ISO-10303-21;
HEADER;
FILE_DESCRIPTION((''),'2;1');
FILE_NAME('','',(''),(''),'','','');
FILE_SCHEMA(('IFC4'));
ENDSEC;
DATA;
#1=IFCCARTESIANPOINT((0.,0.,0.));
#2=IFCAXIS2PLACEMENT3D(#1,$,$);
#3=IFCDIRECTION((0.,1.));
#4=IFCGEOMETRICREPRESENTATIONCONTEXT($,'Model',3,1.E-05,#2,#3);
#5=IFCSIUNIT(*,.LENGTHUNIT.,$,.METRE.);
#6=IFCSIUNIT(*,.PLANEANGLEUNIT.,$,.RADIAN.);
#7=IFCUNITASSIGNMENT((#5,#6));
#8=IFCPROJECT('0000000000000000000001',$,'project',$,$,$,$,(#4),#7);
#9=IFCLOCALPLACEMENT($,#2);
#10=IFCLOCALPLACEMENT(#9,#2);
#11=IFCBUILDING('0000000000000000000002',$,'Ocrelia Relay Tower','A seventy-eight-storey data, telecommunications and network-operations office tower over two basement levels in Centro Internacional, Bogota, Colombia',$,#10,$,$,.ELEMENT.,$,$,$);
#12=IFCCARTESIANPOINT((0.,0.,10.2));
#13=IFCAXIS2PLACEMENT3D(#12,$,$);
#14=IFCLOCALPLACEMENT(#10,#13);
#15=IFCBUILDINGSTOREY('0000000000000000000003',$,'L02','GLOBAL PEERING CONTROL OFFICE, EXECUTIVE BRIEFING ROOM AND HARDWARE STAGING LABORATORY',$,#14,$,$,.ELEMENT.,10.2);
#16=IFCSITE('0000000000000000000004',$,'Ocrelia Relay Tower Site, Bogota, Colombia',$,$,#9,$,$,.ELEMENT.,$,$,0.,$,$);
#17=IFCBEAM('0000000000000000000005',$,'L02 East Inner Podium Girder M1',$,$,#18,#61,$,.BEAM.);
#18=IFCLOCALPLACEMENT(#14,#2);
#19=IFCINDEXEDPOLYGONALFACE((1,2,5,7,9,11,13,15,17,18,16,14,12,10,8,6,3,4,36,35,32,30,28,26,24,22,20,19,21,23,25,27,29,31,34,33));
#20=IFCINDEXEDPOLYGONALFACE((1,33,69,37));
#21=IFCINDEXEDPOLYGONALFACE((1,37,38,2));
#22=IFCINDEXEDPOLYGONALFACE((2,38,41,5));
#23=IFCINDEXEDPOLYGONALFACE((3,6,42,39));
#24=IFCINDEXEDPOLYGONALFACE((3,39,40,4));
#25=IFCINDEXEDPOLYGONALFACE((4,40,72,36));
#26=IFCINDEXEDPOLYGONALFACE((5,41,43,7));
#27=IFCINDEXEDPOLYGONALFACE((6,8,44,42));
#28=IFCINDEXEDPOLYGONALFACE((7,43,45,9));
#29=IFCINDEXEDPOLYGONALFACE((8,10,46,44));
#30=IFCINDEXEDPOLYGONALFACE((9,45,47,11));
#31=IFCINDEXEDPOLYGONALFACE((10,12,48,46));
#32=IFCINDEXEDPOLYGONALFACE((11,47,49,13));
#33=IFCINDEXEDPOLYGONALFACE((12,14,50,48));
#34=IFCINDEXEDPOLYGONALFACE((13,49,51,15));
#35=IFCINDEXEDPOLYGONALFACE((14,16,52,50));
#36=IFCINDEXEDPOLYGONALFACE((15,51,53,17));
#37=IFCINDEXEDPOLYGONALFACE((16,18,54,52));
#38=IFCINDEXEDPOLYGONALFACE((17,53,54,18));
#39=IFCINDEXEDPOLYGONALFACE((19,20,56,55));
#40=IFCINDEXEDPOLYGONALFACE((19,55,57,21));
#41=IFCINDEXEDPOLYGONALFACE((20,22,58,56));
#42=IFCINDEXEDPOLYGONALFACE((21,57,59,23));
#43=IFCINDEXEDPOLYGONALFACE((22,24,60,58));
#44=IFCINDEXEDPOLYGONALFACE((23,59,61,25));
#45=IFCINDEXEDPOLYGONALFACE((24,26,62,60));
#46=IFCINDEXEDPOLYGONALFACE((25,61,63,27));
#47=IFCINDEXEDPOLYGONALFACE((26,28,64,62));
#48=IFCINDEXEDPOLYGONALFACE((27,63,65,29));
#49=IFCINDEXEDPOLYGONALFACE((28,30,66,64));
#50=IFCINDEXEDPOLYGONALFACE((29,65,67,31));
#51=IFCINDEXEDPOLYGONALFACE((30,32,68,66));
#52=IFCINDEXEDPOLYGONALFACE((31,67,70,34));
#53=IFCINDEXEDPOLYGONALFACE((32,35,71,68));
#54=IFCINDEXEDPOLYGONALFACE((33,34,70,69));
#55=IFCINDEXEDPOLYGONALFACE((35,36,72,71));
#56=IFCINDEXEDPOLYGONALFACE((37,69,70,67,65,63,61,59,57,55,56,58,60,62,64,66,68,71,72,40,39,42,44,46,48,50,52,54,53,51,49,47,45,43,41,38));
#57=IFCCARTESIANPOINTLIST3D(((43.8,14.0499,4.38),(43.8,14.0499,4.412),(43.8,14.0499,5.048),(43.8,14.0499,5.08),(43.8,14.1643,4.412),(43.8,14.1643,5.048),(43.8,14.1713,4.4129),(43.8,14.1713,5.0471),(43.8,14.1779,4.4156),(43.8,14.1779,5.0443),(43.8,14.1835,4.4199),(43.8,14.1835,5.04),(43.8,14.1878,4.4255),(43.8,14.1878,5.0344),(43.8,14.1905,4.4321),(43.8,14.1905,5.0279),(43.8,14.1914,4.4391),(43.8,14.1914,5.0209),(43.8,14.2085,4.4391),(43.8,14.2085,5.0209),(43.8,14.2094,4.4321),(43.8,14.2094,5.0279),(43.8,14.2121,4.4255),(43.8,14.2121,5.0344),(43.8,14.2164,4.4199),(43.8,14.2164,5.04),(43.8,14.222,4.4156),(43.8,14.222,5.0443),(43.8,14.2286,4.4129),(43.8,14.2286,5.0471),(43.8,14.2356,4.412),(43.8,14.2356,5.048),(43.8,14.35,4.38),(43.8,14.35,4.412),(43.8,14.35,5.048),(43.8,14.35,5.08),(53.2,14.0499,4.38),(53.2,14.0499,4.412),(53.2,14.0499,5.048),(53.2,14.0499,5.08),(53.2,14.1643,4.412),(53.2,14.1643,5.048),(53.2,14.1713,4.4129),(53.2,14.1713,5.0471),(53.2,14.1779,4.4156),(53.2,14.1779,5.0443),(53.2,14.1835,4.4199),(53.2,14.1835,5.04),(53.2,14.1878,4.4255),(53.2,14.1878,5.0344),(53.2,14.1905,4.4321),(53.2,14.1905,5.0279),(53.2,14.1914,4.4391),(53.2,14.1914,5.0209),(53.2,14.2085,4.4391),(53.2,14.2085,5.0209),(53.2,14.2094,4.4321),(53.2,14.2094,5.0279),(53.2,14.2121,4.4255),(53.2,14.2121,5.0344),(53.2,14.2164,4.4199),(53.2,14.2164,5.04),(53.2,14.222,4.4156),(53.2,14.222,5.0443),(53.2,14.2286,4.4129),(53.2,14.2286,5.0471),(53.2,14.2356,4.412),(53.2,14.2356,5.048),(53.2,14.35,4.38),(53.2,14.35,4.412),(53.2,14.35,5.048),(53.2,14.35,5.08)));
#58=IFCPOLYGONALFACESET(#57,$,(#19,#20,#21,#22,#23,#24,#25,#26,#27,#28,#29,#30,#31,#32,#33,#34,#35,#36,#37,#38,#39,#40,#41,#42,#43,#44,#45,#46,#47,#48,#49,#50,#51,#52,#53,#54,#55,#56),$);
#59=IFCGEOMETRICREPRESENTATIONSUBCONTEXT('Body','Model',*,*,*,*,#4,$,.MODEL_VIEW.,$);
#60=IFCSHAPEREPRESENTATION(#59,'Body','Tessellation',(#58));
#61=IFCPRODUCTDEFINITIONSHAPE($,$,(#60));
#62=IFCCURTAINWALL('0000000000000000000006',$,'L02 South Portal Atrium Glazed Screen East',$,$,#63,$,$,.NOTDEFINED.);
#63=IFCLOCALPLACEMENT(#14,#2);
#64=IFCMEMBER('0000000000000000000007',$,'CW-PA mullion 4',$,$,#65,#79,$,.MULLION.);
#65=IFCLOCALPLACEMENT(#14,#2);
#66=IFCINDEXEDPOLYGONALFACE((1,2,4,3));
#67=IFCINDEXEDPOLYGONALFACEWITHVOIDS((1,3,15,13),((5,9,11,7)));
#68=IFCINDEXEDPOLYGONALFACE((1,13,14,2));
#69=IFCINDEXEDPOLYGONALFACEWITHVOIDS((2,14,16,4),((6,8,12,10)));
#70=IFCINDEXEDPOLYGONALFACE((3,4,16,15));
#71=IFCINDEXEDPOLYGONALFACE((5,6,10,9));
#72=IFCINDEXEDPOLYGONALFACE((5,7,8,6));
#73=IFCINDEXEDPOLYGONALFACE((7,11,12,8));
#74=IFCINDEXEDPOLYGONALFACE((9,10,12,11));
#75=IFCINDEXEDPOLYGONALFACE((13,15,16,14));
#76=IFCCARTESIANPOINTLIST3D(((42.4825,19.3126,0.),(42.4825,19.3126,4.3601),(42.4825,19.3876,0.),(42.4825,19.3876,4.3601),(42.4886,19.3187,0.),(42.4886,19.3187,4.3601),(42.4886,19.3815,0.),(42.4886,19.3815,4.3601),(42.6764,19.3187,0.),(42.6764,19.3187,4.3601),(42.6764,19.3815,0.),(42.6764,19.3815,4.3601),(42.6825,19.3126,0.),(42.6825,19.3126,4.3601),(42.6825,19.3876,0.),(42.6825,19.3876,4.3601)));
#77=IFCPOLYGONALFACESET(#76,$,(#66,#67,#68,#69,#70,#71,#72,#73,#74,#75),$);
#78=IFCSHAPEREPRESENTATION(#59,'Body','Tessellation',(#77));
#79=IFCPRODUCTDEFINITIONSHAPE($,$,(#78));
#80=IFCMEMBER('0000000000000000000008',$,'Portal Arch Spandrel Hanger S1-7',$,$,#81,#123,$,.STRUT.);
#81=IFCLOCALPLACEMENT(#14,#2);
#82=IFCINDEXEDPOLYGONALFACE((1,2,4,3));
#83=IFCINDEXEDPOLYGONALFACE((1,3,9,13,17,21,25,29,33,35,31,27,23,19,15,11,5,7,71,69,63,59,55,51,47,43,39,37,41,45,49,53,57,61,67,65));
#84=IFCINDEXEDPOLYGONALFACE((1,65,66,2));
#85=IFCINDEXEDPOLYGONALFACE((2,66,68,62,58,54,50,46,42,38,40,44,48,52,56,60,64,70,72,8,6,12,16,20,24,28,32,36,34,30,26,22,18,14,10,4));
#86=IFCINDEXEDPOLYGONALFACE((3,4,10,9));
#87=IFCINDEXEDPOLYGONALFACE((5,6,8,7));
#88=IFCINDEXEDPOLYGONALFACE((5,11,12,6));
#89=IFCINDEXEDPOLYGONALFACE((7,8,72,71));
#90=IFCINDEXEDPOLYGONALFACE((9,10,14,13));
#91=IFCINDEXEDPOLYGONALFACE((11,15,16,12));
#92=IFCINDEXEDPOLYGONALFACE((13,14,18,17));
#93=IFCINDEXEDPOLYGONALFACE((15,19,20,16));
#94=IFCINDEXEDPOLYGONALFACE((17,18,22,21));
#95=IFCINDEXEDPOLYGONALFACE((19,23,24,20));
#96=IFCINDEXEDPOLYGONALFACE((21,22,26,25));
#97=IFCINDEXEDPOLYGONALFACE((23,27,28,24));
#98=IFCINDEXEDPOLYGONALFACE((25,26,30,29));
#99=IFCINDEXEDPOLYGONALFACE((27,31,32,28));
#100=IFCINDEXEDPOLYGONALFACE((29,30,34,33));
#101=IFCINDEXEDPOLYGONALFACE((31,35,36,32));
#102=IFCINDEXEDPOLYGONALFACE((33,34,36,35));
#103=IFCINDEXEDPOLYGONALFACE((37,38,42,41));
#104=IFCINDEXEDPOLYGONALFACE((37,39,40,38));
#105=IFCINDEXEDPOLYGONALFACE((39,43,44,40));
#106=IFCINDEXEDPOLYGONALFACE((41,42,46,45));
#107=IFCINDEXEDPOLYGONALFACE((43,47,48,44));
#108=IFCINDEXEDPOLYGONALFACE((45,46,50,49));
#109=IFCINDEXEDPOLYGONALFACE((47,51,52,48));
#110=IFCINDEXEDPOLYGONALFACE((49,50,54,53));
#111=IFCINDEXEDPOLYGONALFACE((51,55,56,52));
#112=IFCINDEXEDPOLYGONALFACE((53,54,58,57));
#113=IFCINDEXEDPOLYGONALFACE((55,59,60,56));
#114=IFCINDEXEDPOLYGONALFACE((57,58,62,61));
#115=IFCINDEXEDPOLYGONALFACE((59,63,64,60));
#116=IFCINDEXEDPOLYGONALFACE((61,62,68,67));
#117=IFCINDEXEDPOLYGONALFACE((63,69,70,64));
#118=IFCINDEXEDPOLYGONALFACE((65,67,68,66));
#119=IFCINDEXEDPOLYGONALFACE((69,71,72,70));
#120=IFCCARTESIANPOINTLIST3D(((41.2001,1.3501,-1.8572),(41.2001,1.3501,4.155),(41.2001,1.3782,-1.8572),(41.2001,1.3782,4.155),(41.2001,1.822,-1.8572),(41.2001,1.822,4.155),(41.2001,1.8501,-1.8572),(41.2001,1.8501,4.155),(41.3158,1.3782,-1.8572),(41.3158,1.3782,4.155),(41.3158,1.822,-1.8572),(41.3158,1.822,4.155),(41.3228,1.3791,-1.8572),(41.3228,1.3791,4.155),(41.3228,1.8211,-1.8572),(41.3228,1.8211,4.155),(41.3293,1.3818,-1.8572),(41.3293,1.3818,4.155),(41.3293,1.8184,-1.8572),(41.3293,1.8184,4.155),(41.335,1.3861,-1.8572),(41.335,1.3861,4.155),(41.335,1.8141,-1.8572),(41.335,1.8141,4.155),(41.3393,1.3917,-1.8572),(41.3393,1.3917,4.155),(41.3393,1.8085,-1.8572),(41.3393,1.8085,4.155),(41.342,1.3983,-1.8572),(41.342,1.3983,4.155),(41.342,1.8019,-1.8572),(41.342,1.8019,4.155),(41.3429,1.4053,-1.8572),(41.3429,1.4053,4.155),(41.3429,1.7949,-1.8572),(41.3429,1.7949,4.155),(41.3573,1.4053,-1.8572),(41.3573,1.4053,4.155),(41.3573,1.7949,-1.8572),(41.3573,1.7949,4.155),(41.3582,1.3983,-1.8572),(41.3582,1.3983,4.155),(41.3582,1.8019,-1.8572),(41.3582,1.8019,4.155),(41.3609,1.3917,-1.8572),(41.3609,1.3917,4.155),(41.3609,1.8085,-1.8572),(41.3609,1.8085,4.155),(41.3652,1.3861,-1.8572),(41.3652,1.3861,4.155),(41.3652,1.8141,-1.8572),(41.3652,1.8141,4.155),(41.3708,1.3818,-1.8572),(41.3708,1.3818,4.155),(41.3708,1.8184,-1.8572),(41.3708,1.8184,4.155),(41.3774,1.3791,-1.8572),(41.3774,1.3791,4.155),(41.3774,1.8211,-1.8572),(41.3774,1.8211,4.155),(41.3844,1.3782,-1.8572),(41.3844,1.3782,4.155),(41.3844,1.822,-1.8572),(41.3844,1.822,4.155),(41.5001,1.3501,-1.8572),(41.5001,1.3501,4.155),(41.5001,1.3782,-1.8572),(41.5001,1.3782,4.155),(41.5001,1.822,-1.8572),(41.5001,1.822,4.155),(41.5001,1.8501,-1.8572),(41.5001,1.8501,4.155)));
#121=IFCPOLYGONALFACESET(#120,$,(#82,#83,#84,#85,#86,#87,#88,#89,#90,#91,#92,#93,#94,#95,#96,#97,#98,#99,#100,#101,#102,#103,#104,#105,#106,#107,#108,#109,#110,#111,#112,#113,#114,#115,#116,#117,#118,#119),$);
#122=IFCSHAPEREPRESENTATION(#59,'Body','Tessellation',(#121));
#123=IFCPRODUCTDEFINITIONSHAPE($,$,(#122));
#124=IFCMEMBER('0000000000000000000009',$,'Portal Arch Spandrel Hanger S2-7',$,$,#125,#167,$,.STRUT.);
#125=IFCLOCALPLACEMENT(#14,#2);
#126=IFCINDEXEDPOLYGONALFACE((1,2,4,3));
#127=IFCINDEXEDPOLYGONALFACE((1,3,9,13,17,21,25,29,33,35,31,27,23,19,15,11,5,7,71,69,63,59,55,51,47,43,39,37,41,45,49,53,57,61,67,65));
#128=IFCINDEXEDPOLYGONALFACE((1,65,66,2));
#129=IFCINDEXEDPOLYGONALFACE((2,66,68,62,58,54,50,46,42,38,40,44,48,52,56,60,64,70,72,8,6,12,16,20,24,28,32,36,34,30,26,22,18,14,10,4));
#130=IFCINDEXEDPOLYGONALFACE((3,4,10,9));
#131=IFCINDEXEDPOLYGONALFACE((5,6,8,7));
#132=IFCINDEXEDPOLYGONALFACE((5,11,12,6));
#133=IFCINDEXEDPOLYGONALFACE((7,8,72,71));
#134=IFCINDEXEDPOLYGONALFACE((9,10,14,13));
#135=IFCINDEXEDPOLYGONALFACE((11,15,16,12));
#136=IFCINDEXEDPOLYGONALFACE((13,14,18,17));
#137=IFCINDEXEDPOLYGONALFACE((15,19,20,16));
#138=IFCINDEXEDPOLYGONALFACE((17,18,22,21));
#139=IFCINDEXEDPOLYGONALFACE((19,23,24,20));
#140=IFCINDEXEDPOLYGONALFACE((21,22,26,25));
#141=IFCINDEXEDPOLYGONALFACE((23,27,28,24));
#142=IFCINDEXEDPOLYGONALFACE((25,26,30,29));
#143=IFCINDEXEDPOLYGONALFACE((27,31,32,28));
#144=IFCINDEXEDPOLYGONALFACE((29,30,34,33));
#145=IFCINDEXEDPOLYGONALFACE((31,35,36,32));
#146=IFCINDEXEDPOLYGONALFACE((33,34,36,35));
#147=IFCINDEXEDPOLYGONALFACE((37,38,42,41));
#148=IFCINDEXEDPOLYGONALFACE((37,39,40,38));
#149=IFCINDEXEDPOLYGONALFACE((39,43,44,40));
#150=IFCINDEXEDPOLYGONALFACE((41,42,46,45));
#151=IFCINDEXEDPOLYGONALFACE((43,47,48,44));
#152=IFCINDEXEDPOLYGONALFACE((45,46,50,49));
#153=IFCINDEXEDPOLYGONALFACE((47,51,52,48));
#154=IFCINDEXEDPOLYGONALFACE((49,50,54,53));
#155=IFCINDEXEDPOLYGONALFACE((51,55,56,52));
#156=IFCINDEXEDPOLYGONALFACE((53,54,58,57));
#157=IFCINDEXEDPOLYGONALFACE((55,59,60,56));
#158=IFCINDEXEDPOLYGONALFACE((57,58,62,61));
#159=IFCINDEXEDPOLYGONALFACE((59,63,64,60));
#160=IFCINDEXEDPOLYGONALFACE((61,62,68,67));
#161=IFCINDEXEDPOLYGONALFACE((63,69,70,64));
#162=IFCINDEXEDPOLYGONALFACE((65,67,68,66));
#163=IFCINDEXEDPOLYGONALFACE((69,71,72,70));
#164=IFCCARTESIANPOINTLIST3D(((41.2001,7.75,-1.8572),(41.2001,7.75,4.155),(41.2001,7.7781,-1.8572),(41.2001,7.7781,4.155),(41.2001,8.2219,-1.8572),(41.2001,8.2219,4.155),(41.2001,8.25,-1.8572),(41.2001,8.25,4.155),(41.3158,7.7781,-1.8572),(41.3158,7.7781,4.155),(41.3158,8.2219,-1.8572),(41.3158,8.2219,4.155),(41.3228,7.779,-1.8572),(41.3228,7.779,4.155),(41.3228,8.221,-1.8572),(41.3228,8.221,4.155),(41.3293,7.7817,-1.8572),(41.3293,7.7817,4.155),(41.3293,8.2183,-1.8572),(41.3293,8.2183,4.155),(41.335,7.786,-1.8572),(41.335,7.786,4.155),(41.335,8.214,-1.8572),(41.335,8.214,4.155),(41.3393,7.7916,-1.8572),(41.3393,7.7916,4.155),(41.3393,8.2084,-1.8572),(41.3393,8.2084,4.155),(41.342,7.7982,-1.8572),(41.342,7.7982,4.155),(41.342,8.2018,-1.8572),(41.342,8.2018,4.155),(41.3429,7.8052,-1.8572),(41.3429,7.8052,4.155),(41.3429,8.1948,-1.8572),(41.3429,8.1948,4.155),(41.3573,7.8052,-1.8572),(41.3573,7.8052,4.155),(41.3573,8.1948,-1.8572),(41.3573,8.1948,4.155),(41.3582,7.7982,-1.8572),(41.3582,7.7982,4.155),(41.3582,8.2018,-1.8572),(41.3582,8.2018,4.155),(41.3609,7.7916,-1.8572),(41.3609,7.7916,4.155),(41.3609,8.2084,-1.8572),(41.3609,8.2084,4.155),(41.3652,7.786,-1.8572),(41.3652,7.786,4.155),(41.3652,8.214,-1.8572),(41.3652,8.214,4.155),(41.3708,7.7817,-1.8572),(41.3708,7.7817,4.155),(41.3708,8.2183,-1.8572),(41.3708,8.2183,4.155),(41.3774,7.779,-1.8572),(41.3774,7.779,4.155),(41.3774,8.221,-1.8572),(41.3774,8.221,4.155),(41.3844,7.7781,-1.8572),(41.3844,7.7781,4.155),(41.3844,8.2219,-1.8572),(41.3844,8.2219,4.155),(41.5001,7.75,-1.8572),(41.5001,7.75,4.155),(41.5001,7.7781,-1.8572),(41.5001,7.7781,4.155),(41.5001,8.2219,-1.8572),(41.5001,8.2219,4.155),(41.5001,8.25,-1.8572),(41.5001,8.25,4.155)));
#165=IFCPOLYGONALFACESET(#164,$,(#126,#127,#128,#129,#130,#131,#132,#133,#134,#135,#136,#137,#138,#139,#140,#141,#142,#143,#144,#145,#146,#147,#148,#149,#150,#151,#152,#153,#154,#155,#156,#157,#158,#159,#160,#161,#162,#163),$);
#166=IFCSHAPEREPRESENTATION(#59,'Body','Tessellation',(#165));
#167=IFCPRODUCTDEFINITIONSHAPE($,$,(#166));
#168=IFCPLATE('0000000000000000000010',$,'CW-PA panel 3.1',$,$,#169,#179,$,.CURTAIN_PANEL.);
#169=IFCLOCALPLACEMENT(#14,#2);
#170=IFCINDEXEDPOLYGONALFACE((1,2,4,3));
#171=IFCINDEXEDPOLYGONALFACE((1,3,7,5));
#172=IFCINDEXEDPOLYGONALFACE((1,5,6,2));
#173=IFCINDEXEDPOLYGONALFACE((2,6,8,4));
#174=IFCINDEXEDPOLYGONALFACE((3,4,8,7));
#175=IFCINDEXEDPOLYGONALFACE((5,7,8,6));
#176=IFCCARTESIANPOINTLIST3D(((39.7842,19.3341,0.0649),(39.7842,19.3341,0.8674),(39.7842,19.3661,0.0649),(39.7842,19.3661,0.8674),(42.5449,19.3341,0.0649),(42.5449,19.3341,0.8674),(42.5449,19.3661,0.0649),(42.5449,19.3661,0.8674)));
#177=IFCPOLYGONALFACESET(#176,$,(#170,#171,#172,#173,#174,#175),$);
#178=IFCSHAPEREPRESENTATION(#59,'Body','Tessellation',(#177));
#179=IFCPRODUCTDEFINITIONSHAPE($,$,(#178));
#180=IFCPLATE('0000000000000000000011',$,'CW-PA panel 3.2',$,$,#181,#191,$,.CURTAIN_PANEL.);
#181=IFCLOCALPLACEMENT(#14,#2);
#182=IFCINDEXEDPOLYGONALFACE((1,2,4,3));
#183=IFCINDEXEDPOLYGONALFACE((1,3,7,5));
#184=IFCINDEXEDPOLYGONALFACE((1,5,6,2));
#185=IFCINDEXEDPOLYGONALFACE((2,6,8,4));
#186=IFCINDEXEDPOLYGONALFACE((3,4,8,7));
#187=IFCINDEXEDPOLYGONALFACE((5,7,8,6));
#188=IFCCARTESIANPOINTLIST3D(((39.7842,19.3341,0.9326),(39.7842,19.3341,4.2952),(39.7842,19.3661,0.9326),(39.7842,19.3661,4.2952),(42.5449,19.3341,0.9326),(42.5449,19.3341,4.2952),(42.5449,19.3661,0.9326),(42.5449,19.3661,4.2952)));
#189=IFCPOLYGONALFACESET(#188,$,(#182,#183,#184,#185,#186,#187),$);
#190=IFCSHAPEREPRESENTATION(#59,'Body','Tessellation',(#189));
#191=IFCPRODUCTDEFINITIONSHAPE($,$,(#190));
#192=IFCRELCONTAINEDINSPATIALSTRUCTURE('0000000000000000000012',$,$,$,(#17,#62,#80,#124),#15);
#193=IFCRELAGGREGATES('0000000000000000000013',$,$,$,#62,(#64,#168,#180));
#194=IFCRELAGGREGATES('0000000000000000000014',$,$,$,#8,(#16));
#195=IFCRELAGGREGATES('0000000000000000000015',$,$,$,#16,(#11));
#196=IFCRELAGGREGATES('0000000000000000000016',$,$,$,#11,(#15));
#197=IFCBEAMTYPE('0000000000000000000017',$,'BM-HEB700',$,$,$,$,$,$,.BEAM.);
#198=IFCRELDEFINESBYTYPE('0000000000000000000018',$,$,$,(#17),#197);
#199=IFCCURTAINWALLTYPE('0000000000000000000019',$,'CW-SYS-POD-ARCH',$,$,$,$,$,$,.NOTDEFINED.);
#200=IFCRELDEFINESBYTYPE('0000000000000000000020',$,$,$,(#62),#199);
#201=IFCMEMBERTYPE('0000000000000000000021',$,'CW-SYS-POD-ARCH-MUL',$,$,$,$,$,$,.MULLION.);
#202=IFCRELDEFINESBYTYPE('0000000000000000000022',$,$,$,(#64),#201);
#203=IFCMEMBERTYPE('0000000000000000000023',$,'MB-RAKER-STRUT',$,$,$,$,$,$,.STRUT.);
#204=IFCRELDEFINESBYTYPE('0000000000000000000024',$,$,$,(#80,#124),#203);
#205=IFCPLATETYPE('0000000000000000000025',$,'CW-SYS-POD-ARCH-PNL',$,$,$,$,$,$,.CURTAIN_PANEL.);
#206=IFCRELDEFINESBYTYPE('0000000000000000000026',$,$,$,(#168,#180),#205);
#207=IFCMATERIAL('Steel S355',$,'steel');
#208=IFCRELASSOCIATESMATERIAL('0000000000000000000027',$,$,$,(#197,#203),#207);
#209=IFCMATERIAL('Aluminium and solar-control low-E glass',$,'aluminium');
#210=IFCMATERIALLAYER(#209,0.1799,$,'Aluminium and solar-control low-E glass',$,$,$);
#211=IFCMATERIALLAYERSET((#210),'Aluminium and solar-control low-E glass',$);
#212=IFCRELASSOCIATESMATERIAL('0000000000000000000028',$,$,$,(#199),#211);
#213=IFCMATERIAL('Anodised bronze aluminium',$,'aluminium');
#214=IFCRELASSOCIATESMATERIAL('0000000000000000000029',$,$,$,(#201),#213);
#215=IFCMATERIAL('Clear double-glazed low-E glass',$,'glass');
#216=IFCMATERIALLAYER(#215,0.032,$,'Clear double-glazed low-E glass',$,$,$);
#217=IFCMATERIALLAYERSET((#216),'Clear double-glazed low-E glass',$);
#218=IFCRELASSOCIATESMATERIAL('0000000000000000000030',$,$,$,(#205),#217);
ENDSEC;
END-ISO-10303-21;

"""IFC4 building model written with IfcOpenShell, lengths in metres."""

from ifc_helpers import new_model, si_unit, direction, frame, origin, origin_2d, place, context, subcontext, project, spatial, rectangle, hollow_rectangle, i_section, extrude, material, layer, layer_set, material_profile, profile_set, type_object, element, aggregate, save


model = new_model("IFC4")

# Units and contexts
model_context = context("Model", 3, precision=1e-05, world=origin(), true_north=direction((0.0, 1.0)))
body_context = subcontext(model_context, "Body", "Model", "MODEL_VIEW")
ifc_project = project(units=[si_unit("LENGTHUNIT", "METRE"), si_unit("PLANEANGLEUNIT", "RADIAN")], contexts=[model_context])

# Site, building, storey
site_placement = place(None, origin())
site = spatial("IfcSite", under=ifc_project, at=site_placement, Name="Ocrelia Relay Tower Site, Bogota, Colombia", CompositionType="ELEMENT", RefElevation=0.0)
building_placement = place(site_placement, origin())
building = spatial("IfcBuilding", under=site, at=building_placement, Name="Ocrelia Relay Tower", Description="A seventy-eight-storey data, telecommunications and network-operations office tower over two basement levels in Centro Internacional, Bogota, Colombia", CompositionType="ELEMENT")
storey_placement = place(building_placement, frame((0.0, 0.0, 10.2)))
storey = spatial("IfcBuildingStorey", under=building, at=storey_placement, Name="L02", Description="GLOBAL PEERING CONTROL OFFICE, EXECUTIVE BRIEFING ROOM AND HARDWARE STAGING LABORATORY", CompositionType="ELEMENT", Elevation=10.2)

# Beam
ifc_material_1 = material(Name="Steel S355", Category="steel")
ifc_material_profile_1 = material_profile(ifc_material_1, i_section(OverallWidth=0.3, OverallDepth=0.7, WebThickness=0.0171, FlangeThickness=0.032, FilletRadius=0.0271, at=origin_2d()), Name="HEB 700")
ifc_profile_set_1 = profile_set([ifc_material_profile_1], Name="Steel S355")
beam_type_1 = type_object("IfcBeamType", Name="BM-HEB700", PredefinedType="BEAM", material=ifc_profile_set_1)
for number, where, z_axis, x_axis, name in (
    (1, (43.8, 14.2, 4.73), (1.0, 0.0, 0.0), (0.0, 1.0, 0.0), "L02 East Inner Podium Girder M1"),
):
    element("IfcBeam", number, at=place(storey_placement, frame(where, z_axis=z_axis, x_axis=x_axis)), inside=storey, type_object=beam_type_1, Name=name, PredefinedType="BEAM", context=body_context, shape_type="SweptSolid", body=[
        extrude(i_section(OverallWidth=0.3, OverallDepth=0.7, WebThickness=0.0171, FlangeThickness=0.032, FilletRadius=0.0271, at=origin_2d()), origin(), (0.0, 0.0, 1.0), 9.3999),
    ])

# Curtain wall, member
ifc_material_2 = material(Name="Aluminium and solar-control low-E glass", Category="aluminium")
ifc_layer_1 = layer(ifc_material_2, 0.1799, Name="Aluminium and solar-control low-E glass")
ifc_layer_set_1 = layer_set([ifc_layer_1], Name="Aluminium and solar-control low-E glass")
curtain_wall_type = type_object("IfcCurtainWallType", Name="CW-SYS-POD-ARCH", PredefinedType="NOTDEFINED", material=ifc_layer_set_1)
curtain_wall_placement = place(storey_placement, origin())
curtain_wall = element("IfcCurtainWall", 2, at=curtain_wall_placement, inside=storey, type_object=curtain_wall_type, Name="L02 South Portal Atrium Glazed Screen East", PredefinedType="NOTDEFINED")
ifc_material_3 = material(Name="Anodised bronze aluminium", Category="aluminium")
ifc_material_profile_2 = material_profile(ifc_material_3, hollow_rectangle(XDim=0.075, YDim=0.2, WallThickness=0.0061, at=origin_2d()), Name="CW-MUL-200x75")
ifc_profile_set_2 = profile_set([ifc_material_profile_2], Name="Anodised bronze aluminium")
member_type_1 = type_object("IfcMemberType", Name="CW-SYS-POD-ARCH-MUL", PredefinedType="MULLION", material=ifc_profile_set_2)
member_placement = place(storey_placement, frame((42.5825, 19.3501, 0.0), z_axis=(0.0, 0.0, 1.0), x_axis=(0.0, 1.0, 0.0)))
member = element("IfcMember", 3, at=member_placement, type_object=member_type_1, Name="CW-PA mullion 4", PredefinedType="MULLION", context=body_context, shape_type="SweptSolid", body=[
    extrude(hollow_rectangle(XDim=0.075, YDim=0.2, WallThickness=0.0061, at=origin_2d()), origin(), (0.0, 0.0, 1.0), 4.3601),
])

# Members
ifc_material_profile_3 = material_profile(ifc_material_1, i_section(OverallWidth=0.3, OverallDepth=0.5, WebThickness=0.0144, FlangeThickness=0.0281, FilletRadius=0.0271, at=origin_2d()), Name="HEB 500")
ifc_profile_set_3 = profile_set([ifc_material_profile_3], Name="Steel S355")
member_type_2 = type_object("IfcMemberType", Name="MB-RAKER-STRUT", PredefinedType="STRUT", material=ifc_profile_set_3)
for number, where, z_axis, x_axis, name in (
    (4, (41.3501, 1.6001, -1.8572), (0.0, 0.0, 1.0), (1.0, 0.0, 0.0), "Portal Arch Spandrel Hanger S1-7"),
    (5, (41.3501, 8.0, -1.8572), (0.0, 0.0, 1.0), (1.0, 0.0, 0.0), "Portal Arch Spandrel Hanger S2-7"),
):
    element("IfcMember", number, at=place(storey_placement, frame(where, z_axis=z_axis, x_axis=x_axis)), inside=storey, type_object=member_type_2, Name=name, PredefinedType="STRUT", context=body_context, shape_type="SweptSolid", body=[
        extrude(i_section(OverallWidth=0.3, OverallDepth=0.5, WebThickness=0.0144, FlangeThickness=0.0281, FilletRadius=0.0271, at=origin_2d()), origin(), (0.0, 0.0, 1.0), 6.0122),
    ])

# Plates
ifc_material_4 = material(Name="Clear double-glazed low-E glass", Category="glass")
ifc_layer_2 = layer(ifc_material_4, 0.032, Name="Clear double-glazed low-E glass")
ifc_layer_set_2 = layer_set([ifc_layer_2], Name="Clear double-glazed low-E glass")
plate_type = type_object("IfcPlateType", Name="CW-SYS-POD-ARCH-PNL", PredefinedType="CURTAIN_PANEL", material=ifc_layer_set_2)
plate_1_placement = place(storey_placement, frame((41.1646, 19.3501, 0.0649), z_axis=(0.0, 0.0, 1.0), x_axis=(1.0, 0.0, 0.0)))
plate_1 = element("IfcPlate", 6, at=plate_1_placement, type_object=plate_type, Name="CW-PA panel 3.1", PredefinedType="CURTAIN_PANEL", context=body_context, shape_type="SweptSolid", body=[
    extrude(rectangle(XDim=2.7607, YDim=0.032, at=origin_2d()), origin(), (0.0, 0.0, 1.0), 0.8025),
])
plate_2_placement = place(storey_placement, frame((41.1646, 19.3501, 0.9326), z_axis=(0.0, 0.0, 1.0), x_axis=(1.0, 0.0, 0.0)))
plate_2 = element("IfcPlate", 7, at=plate_2_placement, type_object=plate_type, Name="CW-PA panel 3.2", PredefinedType="CURTAIN_PANEL", context=body_context, shape_type="SweptSolid", body=[
    extrude(rectangle(XDim=2.7607, YDim=0.032, at=origin_2d()), origin(), (0.0, 0.0, 1.0), 3.3625),
])
aggregate(curtain_wall, [member, plate_1, plate_2])

save(model, "model.ifc")
